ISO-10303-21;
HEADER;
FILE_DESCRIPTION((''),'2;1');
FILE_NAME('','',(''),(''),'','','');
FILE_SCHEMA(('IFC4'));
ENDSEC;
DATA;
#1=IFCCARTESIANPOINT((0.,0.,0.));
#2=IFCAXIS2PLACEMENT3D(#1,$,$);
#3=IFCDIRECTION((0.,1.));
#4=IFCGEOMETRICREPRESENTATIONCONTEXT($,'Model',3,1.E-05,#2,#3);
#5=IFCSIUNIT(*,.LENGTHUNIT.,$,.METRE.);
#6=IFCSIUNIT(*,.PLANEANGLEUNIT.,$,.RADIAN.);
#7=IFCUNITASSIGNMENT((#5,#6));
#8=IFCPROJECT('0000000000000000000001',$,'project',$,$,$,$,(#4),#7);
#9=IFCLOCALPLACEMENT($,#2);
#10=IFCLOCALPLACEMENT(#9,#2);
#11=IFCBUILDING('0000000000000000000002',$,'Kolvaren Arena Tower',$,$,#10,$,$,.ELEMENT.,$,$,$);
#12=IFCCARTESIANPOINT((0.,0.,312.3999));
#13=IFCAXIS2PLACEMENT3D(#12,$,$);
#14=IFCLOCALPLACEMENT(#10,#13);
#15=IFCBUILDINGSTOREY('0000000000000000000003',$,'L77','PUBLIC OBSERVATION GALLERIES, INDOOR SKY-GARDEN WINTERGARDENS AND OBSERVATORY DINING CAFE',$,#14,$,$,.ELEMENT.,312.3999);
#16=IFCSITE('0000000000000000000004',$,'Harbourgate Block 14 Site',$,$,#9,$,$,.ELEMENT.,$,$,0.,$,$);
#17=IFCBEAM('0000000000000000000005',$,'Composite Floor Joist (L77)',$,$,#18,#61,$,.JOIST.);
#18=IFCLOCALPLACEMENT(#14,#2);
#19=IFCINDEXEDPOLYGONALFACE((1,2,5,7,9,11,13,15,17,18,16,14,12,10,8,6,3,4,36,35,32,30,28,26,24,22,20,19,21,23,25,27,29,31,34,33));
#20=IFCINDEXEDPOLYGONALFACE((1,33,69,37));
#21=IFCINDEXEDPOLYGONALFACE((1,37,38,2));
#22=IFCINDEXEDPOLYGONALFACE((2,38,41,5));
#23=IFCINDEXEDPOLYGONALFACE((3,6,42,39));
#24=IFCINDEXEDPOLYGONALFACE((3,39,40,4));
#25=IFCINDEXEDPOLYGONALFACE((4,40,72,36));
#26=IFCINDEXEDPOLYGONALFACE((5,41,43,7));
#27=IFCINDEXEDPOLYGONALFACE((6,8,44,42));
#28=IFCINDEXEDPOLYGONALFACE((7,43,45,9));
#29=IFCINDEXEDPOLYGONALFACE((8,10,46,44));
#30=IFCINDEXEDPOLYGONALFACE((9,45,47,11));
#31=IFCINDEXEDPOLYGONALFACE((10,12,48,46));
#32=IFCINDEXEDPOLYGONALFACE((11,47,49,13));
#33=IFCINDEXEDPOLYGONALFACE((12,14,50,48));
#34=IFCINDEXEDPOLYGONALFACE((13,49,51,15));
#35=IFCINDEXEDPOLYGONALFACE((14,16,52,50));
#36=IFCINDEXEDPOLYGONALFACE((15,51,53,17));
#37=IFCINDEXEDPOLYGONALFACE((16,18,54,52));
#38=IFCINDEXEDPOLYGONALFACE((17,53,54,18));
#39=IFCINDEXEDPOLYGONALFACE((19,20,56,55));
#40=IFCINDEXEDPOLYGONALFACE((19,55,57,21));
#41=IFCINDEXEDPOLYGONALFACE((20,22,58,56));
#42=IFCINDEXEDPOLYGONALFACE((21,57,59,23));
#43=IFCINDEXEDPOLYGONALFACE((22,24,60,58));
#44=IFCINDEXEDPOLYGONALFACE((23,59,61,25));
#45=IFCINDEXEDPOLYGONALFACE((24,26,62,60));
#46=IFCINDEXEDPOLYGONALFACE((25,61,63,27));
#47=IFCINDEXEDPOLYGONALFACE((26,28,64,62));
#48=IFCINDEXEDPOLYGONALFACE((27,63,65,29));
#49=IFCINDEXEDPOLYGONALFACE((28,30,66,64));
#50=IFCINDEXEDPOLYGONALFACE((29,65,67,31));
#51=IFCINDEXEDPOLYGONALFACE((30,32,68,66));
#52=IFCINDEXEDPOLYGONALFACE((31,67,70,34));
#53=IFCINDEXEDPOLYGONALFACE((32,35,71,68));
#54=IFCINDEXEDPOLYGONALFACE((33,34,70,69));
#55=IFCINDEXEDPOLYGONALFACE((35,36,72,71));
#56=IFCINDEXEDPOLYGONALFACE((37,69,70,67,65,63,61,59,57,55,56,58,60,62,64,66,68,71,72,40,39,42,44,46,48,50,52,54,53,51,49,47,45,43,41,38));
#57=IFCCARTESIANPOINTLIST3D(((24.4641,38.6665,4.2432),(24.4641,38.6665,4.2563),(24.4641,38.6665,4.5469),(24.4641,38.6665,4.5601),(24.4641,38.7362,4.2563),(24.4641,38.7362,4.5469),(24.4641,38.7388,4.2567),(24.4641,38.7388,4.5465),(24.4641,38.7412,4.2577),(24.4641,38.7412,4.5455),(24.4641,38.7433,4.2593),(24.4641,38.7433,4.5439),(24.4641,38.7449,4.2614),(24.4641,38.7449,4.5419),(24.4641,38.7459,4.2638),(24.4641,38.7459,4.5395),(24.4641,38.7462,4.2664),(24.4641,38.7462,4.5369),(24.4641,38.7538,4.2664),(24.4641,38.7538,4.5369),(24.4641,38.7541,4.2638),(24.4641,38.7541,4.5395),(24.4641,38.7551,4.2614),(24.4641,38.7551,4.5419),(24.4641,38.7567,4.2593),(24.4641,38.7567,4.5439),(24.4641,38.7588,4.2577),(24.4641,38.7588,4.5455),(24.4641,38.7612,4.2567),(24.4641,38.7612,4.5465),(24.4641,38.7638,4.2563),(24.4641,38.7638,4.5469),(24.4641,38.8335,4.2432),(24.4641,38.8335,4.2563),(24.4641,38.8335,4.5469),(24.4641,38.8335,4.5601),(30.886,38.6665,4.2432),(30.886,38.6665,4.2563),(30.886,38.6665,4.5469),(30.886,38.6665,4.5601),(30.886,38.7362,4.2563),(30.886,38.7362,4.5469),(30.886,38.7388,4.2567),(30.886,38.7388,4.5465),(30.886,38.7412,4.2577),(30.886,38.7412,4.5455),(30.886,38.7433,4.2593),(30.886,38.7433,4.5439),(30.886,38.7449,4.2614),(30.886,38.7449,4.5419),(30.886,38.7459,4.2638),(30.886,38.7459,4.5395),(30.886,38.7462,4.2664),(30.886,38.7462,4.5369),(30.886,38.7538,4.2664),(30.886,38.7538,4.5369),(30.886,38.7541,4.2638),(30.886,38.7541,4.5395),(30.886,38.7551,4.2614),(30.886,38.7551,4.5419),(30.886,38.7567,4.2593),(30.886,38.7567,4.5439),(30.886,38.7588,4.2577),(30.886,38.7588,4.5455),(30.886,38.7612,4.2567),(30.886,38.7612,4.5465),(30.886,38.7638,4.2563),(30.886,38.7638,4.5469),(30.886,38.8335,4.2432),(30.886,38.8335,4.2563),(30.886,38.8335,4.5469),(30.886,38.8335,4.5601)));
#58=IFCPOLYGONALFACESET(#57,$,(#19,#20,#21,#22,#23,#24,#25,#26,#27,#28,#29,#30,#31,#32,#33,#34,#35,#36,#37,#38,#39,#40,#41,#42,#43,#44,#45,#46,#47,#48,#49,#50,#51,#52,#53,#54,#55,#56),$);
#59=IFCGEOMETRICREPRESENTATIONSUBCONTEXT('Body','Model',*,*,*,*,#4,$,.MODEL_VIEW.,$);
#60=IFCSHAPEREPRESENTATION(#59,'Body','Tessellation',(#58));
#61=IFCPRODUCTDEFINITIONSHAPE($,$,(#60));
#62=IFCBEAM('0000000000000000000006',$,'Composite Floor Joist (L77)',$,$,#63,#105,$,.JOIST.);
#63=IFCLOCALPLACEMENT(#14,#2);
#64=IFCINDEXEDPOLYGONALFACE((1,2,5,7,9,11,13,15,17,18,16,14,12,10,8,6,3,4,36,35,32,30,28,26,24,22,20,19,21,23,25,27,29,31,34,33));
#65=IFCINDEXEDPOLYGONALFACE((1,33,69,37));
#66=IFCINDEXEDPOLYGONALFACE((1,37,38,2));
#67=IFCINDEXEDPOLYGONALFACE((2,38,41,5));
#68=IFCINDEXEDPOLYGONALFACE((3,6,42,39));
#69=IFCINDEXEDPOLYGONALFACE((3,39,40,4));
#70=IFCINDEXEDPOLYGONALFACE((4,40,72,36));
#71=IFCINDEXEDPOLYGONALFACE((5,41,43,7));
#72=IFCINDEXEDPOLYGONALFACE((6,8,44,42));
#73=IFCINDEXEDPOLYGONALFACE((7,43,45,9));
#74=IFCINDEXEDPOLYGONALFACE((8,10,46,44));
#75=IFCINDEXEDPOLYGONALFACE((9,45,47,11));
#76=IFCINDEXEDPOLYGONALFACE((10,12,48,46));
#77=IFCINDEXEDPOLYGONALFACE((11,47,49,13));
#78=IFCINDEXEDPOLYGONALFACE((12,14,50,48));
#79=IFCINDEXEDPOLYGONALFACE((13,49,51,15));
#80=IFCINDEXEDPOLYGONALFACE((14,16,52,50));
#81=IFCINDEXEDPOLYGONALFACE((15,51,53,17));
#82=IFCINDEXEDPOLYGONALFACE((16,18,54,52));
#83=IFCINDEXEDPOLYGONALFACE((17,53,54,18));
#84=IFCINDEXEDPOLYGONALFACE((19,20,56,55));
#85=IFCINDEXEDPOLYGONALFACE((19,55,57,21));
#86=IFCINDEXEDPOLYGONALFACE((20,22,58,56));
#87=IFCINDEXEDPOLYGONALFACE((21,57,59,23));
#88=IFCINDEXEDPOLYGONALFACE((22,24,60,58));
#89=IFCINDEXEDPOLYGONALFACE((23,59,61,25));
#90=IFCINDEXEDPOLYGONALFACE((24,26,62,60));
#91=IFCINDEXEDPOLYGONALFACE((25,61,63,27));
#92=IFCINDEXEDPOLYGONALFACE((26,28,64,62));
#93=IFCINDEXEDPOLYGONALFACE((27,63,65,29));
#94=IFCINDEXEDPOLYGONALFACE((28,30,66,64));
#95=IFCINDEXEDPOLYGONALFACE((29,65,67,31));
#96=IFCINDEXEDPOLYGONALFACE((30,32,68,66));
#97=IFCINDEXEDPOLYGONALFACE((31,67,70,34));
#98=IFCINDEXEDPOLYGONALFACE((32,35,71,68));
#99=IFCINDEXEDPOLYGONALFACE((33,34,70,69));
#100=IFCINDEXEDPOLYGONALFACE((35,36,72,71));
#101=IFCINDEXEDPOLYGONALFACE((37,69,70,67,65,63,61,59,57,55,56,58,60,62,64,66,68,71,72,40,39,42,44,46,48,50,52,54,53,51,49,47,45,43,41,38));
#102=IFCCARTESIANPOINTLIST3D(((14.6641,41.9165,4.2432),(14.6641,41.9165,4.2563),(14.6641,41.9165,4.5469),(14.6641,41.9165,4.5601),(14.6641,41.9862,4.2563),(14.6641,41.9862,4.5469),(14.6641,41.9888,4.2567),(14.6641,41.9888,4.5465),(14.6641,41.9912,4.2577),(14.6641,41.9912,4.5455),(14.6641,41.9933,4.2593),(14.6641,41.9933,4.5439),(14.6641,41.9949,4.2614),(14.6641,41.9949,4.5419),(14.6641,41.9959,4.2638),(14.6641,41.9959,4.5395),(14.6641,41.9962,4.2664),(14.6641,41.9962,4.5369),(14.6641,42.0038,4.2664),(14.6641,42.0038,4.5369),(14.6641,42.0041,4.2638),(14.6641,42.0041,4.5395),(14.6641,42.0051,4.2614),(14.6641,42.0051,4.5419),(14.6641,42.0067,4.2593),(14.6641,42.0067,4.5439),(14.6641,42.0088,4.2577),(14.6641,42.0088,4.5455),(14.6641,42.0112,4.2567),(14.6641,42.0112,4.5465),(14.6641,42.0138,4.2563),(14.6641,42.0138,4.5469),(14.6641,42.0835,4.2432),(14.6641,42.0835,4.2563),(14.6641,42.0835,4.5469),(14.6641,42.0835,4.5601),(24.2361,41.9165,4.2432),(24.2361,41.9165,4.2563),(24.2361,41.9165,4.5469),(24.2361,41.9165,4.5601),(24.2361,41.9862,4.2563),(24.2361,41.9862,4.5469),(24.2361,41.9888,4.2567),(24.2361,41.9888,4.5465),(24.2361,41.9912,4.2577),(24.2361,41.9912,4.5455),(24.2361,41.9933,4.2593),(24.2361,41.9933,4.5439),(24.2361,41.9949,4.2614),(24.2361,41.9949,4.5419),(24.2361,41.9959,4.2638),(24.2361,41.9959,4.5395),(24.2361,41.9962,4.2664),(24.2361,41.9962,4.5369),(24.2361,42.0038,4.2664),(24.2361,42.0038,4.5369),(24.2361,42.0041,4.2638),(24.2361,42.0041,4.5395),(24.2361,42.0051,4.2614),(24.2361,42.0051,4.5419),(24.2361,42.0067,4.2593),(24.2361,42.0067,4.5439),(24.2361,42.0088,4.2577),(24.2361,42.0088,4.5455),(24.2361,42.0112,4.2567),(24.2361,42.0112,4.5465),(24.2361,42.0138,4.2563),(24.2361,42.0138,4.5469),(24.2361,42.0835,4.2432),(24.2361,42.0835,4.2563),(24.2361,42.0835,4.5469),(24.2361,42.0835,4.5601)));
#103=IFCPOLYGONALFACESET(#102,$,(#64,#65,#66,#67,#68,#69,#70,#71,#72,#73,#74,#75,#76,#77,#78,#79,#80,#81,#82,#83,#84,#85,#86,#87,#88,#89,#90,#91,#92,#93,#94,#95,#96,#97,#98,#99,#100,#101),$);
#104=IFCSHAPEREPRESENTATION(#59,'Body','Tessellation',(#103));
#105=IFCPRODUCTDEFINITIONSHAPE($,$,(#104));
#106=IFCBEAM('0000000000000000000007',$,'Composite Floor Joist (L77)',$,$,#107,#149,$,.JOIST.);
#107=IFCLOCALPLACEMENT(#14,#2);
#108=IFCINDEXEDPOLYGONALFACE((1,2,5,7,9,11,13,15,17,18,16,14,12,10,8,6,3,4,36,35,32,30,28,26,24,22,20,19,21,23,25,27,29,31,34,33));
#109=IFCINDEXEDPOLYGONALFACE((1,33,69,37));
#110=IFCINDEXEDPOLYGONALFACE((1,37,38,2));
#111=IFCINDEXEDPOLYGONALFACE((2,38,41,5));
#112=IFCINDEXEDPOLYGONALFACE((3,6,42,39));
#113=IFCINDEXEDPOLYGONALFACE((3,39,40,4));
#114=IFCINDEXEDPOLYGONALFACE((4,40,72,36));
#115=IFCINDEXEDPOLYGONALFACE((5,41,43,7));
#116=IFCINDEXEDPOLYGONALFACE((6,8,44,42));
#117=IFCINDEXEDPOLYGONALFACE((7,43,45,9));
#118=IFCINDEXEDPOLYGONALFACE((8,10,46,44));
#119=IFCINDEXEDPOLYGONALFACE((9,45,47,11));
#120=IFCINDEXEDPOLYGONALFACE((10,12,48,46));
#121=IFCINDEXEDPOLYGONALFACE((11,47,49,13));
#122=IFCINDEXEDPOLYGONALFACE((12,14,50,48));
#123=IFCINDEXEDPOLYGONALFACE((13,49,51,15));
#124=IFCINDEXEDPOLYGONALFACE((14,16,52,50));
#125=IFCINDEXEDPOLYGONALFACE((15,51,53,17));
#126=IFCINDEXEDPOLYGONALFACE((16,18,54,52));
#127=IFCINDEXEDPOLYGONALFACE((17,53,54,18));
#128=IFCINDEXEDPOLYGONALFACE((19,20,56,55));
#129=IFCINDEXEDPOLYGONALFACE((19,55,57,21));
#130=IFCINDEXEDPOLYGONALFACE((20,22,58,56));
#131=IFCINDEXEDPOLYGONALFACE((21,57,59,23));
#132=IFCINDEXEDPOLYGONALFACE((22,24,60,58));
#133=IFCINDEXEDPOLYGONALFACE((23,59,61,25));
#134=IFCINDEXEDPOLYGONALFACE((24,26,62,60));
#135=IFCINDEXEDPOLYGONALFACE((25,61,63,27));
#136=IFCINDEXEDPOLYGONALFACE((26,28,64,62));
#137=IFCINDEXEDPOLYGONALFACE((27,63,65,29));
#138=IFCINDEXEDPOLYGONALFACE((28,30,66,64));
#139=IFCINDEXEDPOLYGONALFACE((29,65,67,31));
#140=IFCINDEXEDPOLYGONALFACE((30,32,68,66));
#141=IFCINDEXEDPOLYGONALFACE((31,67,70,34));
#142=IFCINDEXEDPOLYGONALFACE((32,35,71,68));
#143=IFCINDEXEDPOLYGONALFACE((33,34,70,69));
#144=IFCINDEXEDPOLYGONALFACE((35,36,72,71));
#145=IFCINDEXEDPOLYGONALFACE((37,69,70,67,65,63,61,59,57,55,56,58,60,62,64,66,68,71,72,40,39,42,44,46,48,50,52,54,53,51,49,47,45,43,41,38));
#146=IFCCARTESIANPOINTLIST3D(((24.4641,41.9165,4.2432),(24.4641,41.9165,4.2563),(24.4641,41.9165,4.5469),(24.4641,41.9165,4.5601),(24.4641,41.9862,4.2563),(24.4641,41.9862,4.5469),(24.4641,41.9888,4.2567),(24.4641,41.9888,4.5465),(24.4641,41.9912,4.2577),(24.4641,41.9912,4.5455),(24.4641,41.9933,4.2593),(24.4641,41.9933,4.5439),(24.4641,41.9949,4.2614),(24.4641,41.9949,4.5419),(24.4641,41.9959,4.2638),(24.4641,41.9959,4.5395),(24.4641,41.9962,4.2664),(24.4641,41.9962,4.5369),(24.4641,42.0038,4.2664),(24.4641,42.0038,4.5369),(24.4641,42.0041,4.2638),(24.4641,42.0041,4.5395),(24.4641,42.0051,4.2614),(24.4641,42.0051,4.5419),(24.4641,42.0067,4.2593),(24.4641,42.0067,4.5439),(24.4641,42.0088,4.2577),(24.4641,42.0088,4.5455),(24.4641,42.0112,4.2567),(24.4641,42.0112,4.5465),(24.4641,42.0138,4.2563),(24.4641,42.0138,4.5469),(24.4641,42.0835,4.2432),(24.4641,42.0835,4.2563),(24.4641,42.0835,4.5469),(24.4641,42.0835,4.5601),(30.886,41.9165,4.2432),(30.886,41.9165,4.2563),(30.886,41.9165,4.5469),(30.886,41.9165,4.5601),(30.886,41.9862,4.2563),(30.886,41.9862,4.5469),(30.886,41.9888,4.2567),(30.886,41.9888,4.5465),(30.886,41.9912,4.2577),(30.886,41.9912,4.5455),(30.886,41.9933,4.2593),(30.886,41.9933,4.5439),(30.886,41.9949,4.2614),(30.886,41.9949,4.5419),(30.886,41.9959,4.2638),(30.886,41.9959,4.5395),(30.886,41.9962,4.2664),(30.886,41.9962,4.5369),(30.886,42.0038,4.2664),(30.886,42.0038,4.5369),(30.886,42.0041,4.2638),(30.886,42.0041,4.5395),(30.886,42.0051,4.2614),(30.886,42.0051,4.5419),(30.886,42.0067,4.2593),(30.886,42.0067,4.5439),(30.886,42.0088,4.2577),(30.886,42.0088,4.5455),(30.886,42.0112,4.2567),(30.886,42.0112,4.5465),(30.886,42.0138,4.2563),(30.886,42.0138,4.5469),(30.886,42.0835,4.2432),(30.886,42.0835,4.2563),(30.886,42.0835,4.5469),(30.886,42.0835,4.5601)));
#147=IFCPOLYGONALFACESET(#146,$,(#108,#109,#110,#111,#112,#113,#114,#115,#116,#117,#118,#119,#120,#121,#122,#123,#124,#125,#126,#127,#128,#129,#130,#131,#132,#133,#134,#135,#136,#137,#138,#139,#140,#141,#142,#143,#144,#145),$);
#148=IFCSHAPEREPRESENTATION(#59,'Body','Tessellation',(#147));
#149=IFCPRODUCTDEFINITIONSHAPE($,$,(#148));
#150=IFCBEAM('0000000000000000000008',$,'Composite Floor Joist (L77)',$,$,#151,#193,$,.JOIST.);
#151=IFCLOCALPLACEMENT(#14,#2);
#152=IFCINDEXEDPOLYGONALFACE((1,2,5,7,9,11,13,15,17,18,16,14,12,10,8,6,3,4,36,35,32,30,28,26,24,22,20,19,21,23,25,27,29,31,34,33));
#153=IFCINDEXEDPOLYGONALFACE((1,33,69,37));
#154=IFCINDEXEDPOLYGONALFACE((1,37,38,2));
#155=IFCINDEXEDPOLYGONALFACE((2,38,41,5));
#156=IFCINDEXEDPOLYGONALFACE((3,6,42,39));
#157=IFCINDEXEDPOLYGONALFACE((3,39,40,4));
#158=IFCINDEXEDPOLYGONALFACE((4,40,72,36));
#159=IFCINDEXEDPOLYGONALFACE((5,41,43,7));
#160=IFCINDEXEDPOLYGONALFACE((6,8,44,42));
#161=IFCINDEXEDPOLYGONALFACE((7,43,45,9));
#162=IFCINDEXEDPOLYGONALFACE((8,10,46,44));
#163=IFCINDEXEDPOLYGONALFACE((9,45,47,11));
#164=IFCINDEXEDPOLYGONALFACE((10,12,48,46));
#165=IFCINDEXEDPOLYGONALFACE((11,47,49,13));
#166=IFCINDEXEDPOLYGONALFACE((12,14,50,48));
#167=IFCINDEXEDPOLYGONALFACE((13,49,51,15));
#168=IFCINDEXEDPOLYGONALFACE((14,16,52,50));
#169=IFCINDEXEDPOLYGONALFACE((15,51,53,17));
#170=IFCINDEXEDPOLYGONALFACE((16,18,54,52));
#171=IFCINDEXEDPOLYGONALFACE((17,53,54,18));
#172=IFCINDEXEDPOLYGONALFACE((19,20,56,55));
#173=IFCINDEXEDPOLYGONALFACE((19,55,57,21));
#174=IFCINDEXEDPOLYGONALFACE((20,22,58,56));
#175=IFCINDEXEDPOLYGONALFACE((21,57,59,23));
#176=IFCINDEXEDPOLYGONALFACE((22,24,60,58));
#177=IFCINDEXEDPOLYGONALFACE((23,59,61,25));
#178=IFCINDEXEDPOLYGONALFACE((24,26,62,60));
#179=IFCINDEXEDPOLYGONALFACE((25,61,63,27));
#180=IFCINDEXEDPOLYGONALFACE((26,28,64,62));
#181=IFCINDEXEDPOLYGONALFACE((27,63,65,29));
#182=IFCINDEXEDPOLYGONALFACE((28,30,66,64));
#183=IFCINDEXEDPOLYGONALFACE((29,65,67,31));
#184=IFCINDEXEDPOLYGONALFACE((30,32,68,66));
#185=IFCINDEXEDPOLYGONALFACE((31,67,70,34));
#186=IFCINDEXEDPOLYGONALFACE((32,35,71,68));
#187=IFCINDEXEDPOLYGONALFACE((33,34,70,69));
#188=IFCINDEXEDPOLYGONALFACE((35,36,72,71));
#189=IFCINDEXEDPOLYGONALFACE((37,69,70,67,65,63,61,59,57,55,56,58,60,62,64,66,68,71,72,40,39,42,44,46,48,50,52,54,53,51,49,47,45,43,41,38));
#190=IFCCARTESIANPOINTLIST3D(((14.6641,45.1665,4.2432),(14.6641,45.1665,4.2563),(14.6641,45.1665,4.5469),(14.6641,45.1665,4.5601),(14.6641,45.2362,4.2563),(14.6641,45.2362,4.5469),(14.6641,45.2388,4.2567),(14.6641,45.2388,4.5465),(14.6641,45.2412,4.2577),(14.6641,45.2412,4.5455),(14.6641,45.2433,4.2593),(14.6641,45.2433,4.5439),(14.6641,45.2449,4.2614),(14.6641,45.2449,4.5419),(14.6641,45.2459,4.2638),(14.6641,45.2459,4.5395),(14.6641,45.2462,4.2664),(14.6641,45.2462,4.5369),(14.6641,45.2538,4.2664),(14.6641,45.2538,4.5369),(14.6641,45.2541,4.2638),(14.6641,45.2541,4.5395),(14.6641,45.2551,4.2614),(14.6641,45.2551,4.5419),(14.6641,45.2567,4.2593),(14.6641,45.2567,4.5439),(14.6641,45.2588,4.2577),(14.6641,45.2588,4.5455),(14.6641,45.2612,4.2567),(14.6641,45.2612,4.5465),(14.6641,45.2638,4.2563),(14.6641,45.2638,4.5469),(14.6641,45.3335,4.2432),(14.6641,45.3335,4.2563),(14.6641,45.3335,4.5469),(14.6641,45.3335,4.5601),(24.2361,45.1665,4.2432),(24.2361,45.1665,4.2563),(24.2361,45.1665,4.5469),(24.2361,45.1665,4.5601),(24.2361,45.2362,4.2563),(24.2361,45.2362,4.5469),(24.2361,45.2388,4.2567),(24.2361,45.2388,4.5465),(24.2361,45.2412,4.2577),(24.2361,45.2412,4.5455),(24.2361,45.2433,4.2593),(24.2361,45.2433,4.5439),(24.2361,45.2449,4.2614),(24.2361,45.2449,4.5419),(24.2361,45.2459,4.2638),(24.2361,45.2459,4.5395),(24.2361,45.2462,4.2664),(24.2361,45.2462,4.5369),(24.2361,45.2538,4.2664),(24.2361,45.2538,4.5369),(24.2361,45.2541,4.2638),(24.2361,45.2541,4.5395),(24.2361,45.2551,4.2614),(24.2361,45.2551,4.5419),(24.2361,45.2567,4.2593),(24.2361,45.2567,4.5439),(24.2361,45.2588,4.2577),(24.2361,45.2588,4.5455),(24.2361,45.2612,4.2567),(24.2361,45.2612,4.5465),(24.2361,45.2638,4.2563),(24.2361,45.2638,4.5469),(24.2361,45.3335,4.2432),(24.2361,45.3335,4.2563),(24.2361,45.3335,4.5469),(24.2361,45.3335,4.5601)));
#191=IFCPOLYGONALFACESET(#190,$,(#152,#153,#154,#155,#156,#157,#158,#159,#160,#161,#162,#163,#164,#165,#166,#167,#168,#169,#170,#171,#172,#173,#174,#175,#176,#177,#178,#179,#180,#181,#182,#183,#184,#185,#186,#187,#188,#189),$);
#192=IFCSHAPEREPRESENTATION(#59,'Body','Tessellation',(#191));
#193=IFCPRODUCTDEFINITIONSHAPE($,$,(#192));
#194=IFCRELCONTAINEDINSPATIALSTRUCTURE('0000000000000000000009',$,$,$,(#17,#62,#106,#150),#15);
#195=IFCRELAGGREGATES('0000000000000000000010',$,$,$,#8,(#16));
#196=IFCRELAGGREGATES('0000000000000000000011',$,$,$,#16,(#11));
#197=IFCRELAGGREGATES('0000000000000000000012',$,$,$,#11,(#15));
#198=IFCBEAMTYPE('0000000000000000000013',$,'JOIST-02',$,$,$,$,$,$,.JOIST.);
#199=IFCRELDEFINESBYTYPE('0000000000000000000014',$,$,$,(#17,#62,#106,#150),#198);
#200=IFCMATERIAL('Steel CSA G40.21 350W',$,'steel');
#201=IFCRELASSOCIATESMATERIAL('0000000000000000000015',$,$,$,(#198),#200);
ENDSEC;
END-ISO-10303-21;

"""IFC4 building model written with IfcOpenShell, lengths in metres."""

from ifc_helpers import new_model, si_unit, direction, frame, origin, origin_2d, place, context, subcontext, project, spatial, i_section, extrude, material, material_profile, profile_set, type_object, element, save


model = new_model("IFC4")

# Units and contexts
model_context = context("Model", 3, precision=1e-05, world=origin(), true_north=direction((0.0, 1.0)))
body_context = subcontext(model_context, "Body", "Model", "MODEL_VIEW")
ifc_project = project(units=[si_unit("LENGTHUNIT", "METRE"), si_unit("PLANEANGLEUNIT", "RADIAN")], contexts=[model_context])

# Site, building, storey
site_placement = place(None, origin())
site = spatial("IfcSite", under=ifc_project, at=site_placement, Name="Harbourgate Block 14 Site", CompositionType="ELEMENT", RefElevation=0.0)
building_placement = place(site_placement, origin())
building = spatial("IfcBuilding", under=site, at=building_placement, Name="Kolvaren Arena Tower", CompositionType="ELEMENT")
storey_placement = place(building_placement, frame((0.0, 0.0, 312.3999)))
storey = spatial("IfcBuildingStorey", under=building, at=storey_placement, Name="L77", Description="PUBLIC OBSERVATION GALLERIES, INDOOR SKY-GARDEN WINTERGARDENS AND OBSERVATORY DINING CAFE", CompositionType="ELEMENT", Elevation=312.3999)

# Shared definitions
ifc_material_1 = material(Name="Steel CSA G40.21 350W", Category="steel")

# Beams
ifc_material_profile_1 = material_profile(ifc_material_1, i_section(OverallWidth=0.167, OverallDepth=0.3169, WebThickness=0.0076, FlangeThickness=0.0132, FilletRadius=0.01, at=origin_2d()), Name="W310x52")
ifc_profile_set_1 = profile_set([ifc_material_profile_1], Name="Steel CSA G40.21 350W")
beam_type_1 = type_object("IfcBeamType", Name="JOIST-02", PredefinedType="JOIST", material=ifc_profile_set_1)
beam_1_placement = place(storey_placement, frame((24.4641, 38.75, 4.4016), z_axis=(1.0, 0.0, 0.0), x_axis=(0.0, 1.0, 0.0)))
element("IfcBeam", 1, at=beam_1_placement, inside=storey, type_object=beam_type_1, Name="Composite Floor Joist (L77)", PredefinedType="JOIST", context=body_context, shape_type="SweptSolid", body=[
    extrude(i_section(OverallWidth=0.167, OverallDepth=0.3169, WebThickness=0.0076, FlangeThickness=0.0132, FilletRadius=0.01, at=origin_2d()), origin(), (0.0, 0.0, 1.0), 6.4219),
])
beam_2_placement = place(storey_placement, frame((14.6641, 42.0, 4.4016), z_axis=(1.0, 0.0, 0.0), x_axis=(0.0, 1.0, 0.0)))
element("IfcBeam", 2, at=beam_2_placement, inside=storey, type_object=beam_type_1, Name="Composite Floor Joist (L77)", PredefinedType="JOIST", context=body_context, shape_type="SweptSolid", body=[
    extrude(i_section(OverallWidth=0.167, OverallDepth=0.3169, WebThickness=0.0076, FlangeThickness=0.0132, FilletRadius=0.01, at=origin_2d()), origin(), (0.0, 0.0, 1.0), 9.572),
])
beam_3_placement = place(storey_placement, frame((24.4641, 42.0, 4.4016), z_axis=(1.0, 0.0, 0.0), x_axis=(0.0, 1.0, 0.0)))
element("IfcBeam", 3, at=beam_3_placement, inside=storey, type_object=beam_type_1, Name="Composite Floor Joist (L77)", PredefinedType="JOIST", context=body_context, shape_type="SweptSolid", body=[
    extrude(i_section(OverallWidth=0.167, OverallDepth=0.3169, WebThickness=0.0076, FlangeThickness=0.0132, FilletRadius=0.01, at=origin_2d()), origin(), (0.0, 0.0, 1.0), 6.4219),
])
beam_4_placement = place(storey_placement, frame((14.6641, 45.25, 4.4016), z_axis=(1.0, 0.0, 0.0), x_axis=(0.0, 1.0, 0.0)))
element("IfcBeam", 4, at=beam_4_placement, inside=storey, type_object=beam_type_1, Name="Composite Floor Joist (L77)", PredefinedType="JOIST", context=body_context, shape_type="SweptSolid", body=[
    extrude(i_section(OverallWidth=0.167, OverallDepth=0.3169, WebThickness=0.0076, FlangeThickness=0.0132, FilletRadius=0.01, at=origin_2d()), origin(), (0.0, 0.0, 1.0), 9.572),
])

save(model, "model.ifc")
